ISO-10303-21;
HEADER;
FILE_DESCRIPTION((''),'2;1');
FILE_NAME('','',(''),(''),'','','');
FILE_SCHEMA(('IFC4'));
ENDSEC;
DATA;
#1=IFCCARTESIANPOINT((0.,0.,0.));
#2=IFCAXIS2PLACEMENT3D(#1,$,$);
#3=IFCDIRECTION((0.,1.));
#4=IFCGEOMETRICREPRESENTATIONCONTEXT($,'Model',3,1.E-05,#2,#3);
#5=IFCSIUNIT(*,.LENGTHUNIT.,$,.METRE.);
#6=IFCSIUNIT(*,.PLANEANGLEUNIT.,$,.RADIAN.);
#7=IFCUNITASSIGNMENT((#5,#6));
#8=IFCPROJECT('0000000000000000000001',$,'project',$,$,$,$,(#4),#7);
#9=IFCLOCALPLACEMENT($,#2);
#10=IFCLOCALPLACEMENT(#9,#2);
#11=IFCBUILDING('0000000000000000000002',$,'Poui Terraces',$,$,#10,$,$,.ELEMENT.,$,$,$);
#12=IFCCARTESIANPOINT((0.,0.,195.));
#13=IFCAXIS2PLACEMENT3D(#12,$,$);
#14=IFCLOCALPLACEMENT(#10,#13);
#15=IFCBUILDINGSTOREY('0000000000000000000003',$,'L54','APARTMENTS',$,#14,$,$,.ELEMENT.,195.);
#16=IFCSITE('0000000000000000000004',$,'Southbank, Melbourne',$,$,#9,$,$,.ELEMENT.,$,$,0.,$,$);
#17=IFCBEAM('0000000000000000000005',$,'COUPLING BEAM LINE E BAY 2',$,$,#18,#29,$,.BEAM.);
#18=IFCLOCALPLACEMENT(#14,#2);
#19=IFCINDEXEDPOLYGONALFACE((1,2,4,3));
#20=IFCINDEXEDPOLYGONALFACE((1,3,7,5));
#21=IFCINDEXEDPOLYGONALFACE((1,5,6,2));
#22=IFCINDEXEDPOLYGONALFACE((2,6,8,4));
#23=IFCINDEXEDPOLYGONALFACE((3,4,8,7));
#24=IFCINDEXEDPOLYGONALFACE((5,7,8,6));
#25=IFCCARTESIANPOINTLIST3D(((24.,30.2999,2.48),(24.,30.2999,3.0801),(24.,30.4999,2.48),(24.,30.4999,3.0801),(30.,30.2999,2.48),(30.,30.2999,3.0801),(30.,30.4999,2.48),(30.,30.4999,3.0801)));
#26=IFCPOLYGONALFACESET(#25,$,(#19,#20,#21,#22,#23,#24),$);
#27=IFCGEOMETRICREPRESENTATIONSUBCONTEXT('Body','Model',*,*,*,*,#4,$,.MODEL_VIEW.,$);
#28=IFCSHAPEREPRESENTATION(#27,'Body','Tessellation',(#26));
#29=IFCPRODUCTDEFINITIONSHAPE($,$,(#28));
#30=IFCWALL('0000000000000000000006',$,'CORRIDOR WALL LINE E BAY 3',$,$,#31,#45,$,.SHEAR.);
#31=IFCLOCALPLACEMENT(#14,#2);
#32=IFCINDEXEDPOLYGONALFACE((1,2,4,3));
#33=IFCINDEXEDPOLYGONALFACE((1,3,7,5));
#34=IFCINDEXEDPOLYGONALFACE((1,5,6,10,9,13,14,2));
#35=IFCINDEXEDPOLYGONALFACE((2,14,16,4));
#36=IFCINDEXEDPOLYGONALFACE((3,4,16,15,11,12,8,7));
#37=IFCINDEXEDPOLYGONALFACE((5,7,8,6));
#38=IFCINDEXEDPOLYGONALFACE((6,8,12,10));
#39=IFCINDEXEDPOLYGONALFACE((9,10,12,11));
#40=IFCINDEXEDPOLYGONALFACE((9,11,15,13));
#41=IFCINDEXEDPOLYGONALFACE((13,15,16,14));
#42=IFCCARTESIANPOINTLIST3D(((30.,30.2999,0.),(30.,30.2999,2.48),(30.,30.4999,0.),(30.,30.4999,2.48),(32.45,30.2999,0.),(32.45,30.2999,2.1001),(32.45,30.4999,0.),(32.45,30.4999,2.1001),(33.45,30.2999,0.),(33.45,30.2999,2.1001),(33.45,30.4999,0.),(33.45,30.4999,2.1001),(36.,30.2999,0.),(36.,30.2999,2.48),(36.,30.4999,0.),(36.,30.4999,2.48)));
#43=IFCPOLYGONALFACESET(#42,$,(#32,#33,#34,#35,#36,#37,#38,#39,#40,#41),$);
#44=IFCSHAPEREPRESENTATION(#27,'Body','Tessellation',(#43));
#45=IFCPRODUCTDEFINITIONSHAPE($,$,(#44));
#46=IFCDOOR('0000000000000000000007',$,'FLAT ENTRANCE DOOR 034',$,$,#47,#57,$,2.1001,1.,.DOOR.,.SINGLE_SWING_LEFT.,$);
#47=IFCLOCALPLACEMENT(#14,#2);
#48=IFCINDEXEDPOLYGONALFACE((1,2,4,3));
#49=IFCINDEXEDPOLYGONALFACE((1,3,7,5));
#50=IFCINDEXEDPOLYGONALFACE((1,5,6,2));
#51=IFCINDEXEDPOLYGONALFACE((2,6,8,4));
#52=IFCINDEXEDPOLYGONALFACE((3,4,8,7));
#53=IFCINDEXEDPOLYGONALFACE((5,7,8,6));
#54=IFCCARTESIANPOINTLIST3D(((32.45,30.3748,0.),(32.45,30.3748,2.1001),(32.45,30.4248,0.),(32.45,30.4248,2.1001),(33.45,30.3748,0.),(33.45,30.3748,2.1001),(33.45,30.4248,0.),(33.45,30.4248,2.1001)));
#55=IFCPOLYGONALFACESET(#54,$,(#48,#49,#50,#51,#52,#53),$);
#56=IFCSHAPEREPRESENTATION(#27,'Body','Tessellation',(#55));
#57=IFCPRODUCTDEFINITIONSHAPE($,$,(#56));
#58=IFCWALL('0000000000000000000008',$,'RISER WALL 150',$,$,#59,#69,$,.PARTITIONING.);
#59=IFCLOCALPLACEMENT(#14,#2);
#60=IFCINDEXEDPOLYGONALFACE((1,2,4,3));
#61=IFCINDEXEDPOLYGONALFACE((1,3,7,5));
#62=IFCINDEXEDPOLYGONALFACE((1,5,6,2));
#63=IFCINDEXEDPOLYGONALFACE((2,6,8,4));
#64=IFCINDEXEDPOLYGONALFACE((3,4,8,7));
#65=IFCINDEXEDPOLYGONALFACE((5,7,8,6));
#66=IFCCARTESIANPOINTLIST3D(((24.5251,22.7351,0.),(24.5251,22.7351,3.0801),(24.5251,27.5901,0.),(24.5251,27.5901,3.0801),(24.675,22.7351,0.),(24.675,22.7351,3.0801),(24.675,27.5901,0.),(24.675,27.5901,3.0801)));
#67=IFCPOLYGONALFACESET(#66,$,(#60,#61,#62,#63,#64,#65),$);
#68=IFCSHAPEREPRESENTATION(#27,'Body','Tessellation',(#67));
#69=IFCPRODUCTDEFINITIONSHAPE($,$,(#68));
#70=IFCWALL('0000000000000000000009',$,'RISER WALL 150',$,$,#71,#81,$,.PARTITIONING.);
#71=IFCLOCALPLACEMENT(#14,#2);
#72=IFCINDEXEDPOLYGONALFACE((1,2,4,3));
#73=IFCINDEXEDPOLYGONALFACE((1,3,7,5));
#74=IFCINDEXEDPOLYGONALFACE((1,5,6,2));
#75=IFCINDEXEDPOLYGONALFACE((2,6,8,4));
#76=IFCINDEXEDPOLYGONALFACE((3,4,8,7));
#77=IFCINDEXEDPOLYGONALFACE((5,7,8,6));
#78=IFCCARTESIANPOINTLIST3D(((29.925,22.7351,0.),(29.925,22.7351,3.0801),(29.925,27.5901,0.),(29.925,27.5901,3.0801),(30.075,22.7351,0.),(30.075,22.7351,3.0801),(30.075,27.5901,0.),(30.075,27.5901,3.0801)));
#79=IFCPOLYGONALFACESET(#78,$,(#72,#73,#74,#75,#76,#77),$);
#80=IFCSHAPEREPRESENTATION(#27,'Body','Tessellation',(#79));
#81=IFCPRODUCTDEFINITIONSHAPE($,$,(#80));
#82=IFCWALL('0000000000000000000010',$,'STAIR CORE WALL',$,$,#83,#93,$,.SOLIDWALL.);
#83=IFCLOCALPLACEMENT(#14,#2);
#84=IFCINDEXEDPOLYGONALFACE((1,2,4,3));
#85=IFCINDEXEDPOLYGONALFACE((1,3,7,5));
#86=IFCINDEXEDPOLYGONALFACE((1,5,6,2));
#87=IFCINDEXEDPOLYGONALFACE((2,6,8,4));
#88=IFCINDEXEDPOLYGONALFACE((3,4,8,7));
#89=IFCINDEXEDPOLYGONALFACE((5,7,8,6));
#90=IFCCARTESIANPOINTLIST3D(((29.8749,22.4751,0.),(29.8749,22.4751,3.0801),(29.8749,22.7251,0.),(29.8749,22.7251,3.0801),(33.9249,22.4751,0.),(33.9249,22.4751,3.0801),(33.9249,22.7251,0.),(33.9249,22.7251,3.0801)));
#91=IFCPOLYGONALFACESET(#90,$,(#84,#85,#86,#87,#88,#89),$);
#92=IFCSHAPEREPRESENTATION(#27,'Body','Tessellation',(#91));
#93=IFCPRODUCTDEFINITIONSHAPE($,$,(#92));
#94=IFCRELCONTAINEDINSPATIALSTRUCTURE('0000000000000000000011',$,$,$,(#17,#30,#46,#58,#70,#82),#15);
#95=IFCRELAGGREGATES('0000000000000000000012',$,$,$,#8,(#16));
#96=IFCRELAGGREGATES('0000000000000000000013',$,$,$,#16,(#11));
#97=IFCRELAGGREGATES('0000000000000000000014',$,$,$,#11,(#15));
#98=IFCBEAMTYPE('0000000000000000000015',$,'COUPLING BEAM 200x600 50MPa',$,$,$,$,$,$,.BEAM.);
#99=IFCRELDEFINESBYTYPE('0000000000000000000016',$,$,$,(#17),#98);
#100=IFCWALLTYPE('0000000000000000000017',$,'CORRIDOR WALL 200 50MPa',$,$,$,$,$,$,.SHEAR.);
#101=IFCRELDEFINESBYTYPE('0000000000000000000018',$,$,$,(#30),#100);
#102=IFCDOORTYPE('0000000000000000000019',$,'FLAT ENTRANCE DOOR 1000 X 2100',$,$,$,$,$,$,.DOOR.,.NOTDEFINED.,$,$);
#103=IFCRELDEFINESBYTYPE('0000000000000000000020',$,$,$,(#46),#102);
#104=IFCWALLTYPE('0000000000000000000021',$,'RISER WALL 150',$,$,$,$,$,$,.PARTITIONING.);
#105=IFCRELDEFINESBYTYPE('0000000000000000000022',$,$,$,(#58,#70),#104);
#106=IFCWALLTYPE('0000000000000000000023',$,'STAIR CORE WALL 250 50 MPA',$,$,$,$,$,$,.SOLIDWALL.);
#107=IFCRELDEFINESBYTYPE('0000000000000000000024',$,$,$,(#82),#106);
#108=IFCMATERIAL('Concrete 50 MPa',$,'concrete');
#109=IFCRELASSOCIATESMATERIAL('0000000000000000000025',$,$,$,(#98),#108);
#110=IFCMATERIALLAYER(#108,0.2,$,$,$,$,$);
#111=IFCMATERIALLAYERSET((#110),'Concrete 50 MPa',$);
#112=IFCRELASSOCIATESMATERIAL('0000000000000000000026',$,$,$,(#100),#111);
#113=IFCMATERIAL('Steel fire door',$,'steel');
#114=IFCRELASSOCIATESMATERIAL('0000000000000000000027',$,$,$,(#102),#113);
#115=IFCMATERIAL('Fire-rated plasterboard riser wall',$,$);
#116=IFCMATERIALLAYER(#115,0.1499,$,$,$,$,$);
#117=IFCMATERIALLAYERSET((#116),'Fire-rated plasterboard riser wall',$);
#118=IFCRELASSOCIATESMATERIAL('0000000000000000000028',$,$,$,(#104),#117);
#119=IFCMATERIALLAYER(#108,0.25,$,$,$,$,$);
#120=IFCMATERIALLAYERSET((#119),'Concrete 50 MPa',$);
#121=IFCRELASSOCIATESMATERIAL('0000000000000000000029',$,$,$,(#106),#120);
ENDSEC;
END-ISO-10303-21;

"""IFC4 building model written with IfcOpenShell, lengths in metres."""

from ifc_helpers import new_model, si_unit, direction, frame, frame_2d, origin, origin_2d, place, context, subcontext, project, spatial, rectangle, extrude, source, transform, mapped, material, layer, layer_set, material_profile, profile_set, type_object, element, fill, save


model = new_model("IFC4")

# Units and contexts
model_context = context("Model", 3, precision=1e-05, world=origin(), true_north=direction((0.0, 1.0)))
body_context = subcontext(model_context, "Body", "Model", "MODEL_VIEW")
ifc_project = project(units=[si_unit("LENGTHUNIT", "METRE"), si_unit("PLANEANGLEUNIT", "RADIAN")], contexts=[model_context])

# Site, building, storey
site_placement = place(None, origin())
site = spatial("IfcSite", under=ifc_project, at=site_placement, Name="Southbank, Melbourne", CompositionType="ELEMENT", RefElevation=0.0)
building_placement = place(site_placement, origin())
building = spatial("IfcBuilding", under=site, at=building_placement, Name="Poui Terraces", CompositionType="ELEMENT")
storey_placement = place(building_placement, frame((0.0, 0.0, 195.0)))
storey = spatial("IfcBuildingStorey", under=building, at=storey_placement, Name="L54", Description="APARTMENTS", CompositionType="ELEMENT", Elevation=195.0)

# Beam
ifc_material_1 = material(Name="Concrete 50 MPa", Category="concrete")
ifc_material_profile = material_profile(ifc_material_1, rectangle(XDim=0.2, YDim=0.6001, at=origin_2d()), Name="RC 200x600")
ifc_profile_set = profile_set([ifc_material_profile], Name="Concrete 50 MPa")
beam_type = type_object("IfcBeamType", Name="COUPLING BEAM 200x600 50MPa", PredefinedType="BEAM", material=ifc_profile_set)
shared_shape = source(origin(), body_context, "Body", "SweptSolid", [
    extrude(rectangle(XDim=0.2, YDim=0.6001, at=origin_2d()), origin(), (0.0, 0.0, 1.0), 6.0),
])
beam_placement = place(storey_placement, frame((24.0, 30.3999, 2.78), z_axis=(1.0, 0.0, 0.0), x_axis=(0.0, 1.0, 0.0)))
element("IfcBeam", 1, at=beam_placement, inside=storey, type_object=beam_type, Name="COUPLING BEAM LINE E BAY 2", PredefinedType="BEAM", context=body_context, shape_type="MappedRepresentation", body=[
    mapped(shared_shape, transform((0.0, 0.0, 0.0))),
])

# Wall, opening, door
ifc_layer_1 = layer(ifc_material_1, 0.2)
ifc_layer_set_1 = layer_set([ifc_layer_1], Name="Concrete 50 MPa")
wall_type_1 = type_object("IfcWallType", Name="CORRIDOR WALL 200 50MPa", PredefinedType="SHEAR", material=ifc_layer_set_1)
wall_1_placement = place(storey_placement, frame((30.0, 30.3999, 0.0), z_axis=(0.0, 0.0, 1.0), x_axis=(1.0, 0.0, 0.0)))
wall_1 = element("IfcWall", 2, at=wall_1_placement, inside=storey, type_object=wall_type_1, Name="CORRIDOR WALL LINE E BAY 3", PredefinedType="SHEAR", context=body_context, shape_type="SweptSolid", body=[
    extrude(rectangle(XDim=6.0, YDim=0.2, at=frame_2d((3.0, 0.0))), origin(), (0.0, 0.0, 1.0), 2.48),
])
opening_placement = place(wall_1_placement, frame((2.45, 0.0, 0.0)))
opening = element("IfcOpeningElement", 3, at=opening_placement, cuts=wall_1, PredefinedType="OPENING", context=body_context, shape_type="SweptSolid", body=[
    extrude(rectangle(XDim=1.0, YDim=2.1001, at=frame_2d((0.5, 1.05))), frame((0.0, 0.1099, 0.0), z_axis=(0.0, -1.0, 0.0), x_axis=(1.0, 0.0, 0.0)), (0.0, 0.0, 1.0), 0.22),
])
ifc_material_2 = material(Name="Steel fire door", Category="steel")
door_type = type_object("IfcDoorType", Name="FLAT ENTRANCE DOOR 1000 X 2100", OperationType="NOTDEFINED", PredefinedType="DOOR", material=ifc_material_2)
door_placement = place(opening_placement, origin())
door = element("IfcDoor", 4, at=door_placement, inside=storey, type_object=door_type, Name="FLAT ENTRANCE DOOR 034", OperationType="SINGLE_SWING_LEFT", OverallHeight=2.1001, OverallWidth=1.0, PredefinedType="DOOR", context=body_context, shape_type="SweptSolid", body=[
    extrude(rectangle(XDim=1.0, YDim=2.1001, at=frame_2d((0.5, 1.05))), frame((0.0, 0.0249, 0.0), z_axis=(0.0, -1.0, 0.0), x_axis=(1.0, 0.0, 0.0)), (0.0, 0.0, 1.0), 0.05),
])
fill(opening, door)

# Walls
ifc_material_3 = material(Name="Fire-rated plasterboard riser wall")
ifc_layer_2 = layer(ifc_material_3, 0.1499)
ifc_layer_set_2 = layer_set([ifc_layer_2], Name="Fire-rated plasterboard riser wall")
wall_type_2 = type_object("IfcWallType", Name="RISER WALL 150", PredefinedType="PARTITIONING", material=ifc_layer_set_2)
for number, where, z_axis, x_axis, name in (
    (5, (24.6001, 22.7351, 0.0), (0.0, 0.0, 1.0), (0.0, 1.0, 0.0), "RISER WALL 150"),
    (6, (30.0, 22.7351, 0.0), (0.0, 0.0, 1.0), (0.0, 1.0, 0.0), "RISER WALL 150"),
):
    element("IfcWall", number, at=place(storey_placement, frame(where, z_axis=z_axis, x_axis=x_axis)), inside=storey, type_object=wall_type_2, Name=name, PredefinedType="PARTITIONING", context=body_context, shape_type="SweptSolid", body=[
        extrude(rectangle(XDim=4.855, YDim=0.1499, at=frame_2d((2.4275, 0.0))), origin(), (0.0, 0.0, 1.0), 3.0801),
    ])
ifc_layer_3 = layer(ifc_material_1, 0.25)
ifc_layer_set_3 = layer_set([ifc_layer_3], Name="Concrete 50 MPa")
wall_type_3 = type_object("IfcWallType", Name="STAIR CORE WALL 250 50 MPA", PredefinedType="SOLIDWALL", material=ifc_layer_set_3)
wall_2_placement = place(storey_placement, frame((29.875, 22.6001, 0.0), z_axis=(0.0, 0.0, 1.0), x_axis=(1.0, 0.0, 0.0)))
element("IfcWall", 7, at=wall_2_placement, inside=storey, type_object=wall_type_3, Name="STAIR CORE WALL", PredefinedType="SOLIDWALL", context=body_context, shape_type="SweptSolid", body=[
    extrude(rectangle(XDim=4.05, YDim=0.25, at=frame_2d((2.0249, 0.0))), origin(), (0.0, 0.0, 1.0), 3.0801),
])

save(model, "model.ifc")
